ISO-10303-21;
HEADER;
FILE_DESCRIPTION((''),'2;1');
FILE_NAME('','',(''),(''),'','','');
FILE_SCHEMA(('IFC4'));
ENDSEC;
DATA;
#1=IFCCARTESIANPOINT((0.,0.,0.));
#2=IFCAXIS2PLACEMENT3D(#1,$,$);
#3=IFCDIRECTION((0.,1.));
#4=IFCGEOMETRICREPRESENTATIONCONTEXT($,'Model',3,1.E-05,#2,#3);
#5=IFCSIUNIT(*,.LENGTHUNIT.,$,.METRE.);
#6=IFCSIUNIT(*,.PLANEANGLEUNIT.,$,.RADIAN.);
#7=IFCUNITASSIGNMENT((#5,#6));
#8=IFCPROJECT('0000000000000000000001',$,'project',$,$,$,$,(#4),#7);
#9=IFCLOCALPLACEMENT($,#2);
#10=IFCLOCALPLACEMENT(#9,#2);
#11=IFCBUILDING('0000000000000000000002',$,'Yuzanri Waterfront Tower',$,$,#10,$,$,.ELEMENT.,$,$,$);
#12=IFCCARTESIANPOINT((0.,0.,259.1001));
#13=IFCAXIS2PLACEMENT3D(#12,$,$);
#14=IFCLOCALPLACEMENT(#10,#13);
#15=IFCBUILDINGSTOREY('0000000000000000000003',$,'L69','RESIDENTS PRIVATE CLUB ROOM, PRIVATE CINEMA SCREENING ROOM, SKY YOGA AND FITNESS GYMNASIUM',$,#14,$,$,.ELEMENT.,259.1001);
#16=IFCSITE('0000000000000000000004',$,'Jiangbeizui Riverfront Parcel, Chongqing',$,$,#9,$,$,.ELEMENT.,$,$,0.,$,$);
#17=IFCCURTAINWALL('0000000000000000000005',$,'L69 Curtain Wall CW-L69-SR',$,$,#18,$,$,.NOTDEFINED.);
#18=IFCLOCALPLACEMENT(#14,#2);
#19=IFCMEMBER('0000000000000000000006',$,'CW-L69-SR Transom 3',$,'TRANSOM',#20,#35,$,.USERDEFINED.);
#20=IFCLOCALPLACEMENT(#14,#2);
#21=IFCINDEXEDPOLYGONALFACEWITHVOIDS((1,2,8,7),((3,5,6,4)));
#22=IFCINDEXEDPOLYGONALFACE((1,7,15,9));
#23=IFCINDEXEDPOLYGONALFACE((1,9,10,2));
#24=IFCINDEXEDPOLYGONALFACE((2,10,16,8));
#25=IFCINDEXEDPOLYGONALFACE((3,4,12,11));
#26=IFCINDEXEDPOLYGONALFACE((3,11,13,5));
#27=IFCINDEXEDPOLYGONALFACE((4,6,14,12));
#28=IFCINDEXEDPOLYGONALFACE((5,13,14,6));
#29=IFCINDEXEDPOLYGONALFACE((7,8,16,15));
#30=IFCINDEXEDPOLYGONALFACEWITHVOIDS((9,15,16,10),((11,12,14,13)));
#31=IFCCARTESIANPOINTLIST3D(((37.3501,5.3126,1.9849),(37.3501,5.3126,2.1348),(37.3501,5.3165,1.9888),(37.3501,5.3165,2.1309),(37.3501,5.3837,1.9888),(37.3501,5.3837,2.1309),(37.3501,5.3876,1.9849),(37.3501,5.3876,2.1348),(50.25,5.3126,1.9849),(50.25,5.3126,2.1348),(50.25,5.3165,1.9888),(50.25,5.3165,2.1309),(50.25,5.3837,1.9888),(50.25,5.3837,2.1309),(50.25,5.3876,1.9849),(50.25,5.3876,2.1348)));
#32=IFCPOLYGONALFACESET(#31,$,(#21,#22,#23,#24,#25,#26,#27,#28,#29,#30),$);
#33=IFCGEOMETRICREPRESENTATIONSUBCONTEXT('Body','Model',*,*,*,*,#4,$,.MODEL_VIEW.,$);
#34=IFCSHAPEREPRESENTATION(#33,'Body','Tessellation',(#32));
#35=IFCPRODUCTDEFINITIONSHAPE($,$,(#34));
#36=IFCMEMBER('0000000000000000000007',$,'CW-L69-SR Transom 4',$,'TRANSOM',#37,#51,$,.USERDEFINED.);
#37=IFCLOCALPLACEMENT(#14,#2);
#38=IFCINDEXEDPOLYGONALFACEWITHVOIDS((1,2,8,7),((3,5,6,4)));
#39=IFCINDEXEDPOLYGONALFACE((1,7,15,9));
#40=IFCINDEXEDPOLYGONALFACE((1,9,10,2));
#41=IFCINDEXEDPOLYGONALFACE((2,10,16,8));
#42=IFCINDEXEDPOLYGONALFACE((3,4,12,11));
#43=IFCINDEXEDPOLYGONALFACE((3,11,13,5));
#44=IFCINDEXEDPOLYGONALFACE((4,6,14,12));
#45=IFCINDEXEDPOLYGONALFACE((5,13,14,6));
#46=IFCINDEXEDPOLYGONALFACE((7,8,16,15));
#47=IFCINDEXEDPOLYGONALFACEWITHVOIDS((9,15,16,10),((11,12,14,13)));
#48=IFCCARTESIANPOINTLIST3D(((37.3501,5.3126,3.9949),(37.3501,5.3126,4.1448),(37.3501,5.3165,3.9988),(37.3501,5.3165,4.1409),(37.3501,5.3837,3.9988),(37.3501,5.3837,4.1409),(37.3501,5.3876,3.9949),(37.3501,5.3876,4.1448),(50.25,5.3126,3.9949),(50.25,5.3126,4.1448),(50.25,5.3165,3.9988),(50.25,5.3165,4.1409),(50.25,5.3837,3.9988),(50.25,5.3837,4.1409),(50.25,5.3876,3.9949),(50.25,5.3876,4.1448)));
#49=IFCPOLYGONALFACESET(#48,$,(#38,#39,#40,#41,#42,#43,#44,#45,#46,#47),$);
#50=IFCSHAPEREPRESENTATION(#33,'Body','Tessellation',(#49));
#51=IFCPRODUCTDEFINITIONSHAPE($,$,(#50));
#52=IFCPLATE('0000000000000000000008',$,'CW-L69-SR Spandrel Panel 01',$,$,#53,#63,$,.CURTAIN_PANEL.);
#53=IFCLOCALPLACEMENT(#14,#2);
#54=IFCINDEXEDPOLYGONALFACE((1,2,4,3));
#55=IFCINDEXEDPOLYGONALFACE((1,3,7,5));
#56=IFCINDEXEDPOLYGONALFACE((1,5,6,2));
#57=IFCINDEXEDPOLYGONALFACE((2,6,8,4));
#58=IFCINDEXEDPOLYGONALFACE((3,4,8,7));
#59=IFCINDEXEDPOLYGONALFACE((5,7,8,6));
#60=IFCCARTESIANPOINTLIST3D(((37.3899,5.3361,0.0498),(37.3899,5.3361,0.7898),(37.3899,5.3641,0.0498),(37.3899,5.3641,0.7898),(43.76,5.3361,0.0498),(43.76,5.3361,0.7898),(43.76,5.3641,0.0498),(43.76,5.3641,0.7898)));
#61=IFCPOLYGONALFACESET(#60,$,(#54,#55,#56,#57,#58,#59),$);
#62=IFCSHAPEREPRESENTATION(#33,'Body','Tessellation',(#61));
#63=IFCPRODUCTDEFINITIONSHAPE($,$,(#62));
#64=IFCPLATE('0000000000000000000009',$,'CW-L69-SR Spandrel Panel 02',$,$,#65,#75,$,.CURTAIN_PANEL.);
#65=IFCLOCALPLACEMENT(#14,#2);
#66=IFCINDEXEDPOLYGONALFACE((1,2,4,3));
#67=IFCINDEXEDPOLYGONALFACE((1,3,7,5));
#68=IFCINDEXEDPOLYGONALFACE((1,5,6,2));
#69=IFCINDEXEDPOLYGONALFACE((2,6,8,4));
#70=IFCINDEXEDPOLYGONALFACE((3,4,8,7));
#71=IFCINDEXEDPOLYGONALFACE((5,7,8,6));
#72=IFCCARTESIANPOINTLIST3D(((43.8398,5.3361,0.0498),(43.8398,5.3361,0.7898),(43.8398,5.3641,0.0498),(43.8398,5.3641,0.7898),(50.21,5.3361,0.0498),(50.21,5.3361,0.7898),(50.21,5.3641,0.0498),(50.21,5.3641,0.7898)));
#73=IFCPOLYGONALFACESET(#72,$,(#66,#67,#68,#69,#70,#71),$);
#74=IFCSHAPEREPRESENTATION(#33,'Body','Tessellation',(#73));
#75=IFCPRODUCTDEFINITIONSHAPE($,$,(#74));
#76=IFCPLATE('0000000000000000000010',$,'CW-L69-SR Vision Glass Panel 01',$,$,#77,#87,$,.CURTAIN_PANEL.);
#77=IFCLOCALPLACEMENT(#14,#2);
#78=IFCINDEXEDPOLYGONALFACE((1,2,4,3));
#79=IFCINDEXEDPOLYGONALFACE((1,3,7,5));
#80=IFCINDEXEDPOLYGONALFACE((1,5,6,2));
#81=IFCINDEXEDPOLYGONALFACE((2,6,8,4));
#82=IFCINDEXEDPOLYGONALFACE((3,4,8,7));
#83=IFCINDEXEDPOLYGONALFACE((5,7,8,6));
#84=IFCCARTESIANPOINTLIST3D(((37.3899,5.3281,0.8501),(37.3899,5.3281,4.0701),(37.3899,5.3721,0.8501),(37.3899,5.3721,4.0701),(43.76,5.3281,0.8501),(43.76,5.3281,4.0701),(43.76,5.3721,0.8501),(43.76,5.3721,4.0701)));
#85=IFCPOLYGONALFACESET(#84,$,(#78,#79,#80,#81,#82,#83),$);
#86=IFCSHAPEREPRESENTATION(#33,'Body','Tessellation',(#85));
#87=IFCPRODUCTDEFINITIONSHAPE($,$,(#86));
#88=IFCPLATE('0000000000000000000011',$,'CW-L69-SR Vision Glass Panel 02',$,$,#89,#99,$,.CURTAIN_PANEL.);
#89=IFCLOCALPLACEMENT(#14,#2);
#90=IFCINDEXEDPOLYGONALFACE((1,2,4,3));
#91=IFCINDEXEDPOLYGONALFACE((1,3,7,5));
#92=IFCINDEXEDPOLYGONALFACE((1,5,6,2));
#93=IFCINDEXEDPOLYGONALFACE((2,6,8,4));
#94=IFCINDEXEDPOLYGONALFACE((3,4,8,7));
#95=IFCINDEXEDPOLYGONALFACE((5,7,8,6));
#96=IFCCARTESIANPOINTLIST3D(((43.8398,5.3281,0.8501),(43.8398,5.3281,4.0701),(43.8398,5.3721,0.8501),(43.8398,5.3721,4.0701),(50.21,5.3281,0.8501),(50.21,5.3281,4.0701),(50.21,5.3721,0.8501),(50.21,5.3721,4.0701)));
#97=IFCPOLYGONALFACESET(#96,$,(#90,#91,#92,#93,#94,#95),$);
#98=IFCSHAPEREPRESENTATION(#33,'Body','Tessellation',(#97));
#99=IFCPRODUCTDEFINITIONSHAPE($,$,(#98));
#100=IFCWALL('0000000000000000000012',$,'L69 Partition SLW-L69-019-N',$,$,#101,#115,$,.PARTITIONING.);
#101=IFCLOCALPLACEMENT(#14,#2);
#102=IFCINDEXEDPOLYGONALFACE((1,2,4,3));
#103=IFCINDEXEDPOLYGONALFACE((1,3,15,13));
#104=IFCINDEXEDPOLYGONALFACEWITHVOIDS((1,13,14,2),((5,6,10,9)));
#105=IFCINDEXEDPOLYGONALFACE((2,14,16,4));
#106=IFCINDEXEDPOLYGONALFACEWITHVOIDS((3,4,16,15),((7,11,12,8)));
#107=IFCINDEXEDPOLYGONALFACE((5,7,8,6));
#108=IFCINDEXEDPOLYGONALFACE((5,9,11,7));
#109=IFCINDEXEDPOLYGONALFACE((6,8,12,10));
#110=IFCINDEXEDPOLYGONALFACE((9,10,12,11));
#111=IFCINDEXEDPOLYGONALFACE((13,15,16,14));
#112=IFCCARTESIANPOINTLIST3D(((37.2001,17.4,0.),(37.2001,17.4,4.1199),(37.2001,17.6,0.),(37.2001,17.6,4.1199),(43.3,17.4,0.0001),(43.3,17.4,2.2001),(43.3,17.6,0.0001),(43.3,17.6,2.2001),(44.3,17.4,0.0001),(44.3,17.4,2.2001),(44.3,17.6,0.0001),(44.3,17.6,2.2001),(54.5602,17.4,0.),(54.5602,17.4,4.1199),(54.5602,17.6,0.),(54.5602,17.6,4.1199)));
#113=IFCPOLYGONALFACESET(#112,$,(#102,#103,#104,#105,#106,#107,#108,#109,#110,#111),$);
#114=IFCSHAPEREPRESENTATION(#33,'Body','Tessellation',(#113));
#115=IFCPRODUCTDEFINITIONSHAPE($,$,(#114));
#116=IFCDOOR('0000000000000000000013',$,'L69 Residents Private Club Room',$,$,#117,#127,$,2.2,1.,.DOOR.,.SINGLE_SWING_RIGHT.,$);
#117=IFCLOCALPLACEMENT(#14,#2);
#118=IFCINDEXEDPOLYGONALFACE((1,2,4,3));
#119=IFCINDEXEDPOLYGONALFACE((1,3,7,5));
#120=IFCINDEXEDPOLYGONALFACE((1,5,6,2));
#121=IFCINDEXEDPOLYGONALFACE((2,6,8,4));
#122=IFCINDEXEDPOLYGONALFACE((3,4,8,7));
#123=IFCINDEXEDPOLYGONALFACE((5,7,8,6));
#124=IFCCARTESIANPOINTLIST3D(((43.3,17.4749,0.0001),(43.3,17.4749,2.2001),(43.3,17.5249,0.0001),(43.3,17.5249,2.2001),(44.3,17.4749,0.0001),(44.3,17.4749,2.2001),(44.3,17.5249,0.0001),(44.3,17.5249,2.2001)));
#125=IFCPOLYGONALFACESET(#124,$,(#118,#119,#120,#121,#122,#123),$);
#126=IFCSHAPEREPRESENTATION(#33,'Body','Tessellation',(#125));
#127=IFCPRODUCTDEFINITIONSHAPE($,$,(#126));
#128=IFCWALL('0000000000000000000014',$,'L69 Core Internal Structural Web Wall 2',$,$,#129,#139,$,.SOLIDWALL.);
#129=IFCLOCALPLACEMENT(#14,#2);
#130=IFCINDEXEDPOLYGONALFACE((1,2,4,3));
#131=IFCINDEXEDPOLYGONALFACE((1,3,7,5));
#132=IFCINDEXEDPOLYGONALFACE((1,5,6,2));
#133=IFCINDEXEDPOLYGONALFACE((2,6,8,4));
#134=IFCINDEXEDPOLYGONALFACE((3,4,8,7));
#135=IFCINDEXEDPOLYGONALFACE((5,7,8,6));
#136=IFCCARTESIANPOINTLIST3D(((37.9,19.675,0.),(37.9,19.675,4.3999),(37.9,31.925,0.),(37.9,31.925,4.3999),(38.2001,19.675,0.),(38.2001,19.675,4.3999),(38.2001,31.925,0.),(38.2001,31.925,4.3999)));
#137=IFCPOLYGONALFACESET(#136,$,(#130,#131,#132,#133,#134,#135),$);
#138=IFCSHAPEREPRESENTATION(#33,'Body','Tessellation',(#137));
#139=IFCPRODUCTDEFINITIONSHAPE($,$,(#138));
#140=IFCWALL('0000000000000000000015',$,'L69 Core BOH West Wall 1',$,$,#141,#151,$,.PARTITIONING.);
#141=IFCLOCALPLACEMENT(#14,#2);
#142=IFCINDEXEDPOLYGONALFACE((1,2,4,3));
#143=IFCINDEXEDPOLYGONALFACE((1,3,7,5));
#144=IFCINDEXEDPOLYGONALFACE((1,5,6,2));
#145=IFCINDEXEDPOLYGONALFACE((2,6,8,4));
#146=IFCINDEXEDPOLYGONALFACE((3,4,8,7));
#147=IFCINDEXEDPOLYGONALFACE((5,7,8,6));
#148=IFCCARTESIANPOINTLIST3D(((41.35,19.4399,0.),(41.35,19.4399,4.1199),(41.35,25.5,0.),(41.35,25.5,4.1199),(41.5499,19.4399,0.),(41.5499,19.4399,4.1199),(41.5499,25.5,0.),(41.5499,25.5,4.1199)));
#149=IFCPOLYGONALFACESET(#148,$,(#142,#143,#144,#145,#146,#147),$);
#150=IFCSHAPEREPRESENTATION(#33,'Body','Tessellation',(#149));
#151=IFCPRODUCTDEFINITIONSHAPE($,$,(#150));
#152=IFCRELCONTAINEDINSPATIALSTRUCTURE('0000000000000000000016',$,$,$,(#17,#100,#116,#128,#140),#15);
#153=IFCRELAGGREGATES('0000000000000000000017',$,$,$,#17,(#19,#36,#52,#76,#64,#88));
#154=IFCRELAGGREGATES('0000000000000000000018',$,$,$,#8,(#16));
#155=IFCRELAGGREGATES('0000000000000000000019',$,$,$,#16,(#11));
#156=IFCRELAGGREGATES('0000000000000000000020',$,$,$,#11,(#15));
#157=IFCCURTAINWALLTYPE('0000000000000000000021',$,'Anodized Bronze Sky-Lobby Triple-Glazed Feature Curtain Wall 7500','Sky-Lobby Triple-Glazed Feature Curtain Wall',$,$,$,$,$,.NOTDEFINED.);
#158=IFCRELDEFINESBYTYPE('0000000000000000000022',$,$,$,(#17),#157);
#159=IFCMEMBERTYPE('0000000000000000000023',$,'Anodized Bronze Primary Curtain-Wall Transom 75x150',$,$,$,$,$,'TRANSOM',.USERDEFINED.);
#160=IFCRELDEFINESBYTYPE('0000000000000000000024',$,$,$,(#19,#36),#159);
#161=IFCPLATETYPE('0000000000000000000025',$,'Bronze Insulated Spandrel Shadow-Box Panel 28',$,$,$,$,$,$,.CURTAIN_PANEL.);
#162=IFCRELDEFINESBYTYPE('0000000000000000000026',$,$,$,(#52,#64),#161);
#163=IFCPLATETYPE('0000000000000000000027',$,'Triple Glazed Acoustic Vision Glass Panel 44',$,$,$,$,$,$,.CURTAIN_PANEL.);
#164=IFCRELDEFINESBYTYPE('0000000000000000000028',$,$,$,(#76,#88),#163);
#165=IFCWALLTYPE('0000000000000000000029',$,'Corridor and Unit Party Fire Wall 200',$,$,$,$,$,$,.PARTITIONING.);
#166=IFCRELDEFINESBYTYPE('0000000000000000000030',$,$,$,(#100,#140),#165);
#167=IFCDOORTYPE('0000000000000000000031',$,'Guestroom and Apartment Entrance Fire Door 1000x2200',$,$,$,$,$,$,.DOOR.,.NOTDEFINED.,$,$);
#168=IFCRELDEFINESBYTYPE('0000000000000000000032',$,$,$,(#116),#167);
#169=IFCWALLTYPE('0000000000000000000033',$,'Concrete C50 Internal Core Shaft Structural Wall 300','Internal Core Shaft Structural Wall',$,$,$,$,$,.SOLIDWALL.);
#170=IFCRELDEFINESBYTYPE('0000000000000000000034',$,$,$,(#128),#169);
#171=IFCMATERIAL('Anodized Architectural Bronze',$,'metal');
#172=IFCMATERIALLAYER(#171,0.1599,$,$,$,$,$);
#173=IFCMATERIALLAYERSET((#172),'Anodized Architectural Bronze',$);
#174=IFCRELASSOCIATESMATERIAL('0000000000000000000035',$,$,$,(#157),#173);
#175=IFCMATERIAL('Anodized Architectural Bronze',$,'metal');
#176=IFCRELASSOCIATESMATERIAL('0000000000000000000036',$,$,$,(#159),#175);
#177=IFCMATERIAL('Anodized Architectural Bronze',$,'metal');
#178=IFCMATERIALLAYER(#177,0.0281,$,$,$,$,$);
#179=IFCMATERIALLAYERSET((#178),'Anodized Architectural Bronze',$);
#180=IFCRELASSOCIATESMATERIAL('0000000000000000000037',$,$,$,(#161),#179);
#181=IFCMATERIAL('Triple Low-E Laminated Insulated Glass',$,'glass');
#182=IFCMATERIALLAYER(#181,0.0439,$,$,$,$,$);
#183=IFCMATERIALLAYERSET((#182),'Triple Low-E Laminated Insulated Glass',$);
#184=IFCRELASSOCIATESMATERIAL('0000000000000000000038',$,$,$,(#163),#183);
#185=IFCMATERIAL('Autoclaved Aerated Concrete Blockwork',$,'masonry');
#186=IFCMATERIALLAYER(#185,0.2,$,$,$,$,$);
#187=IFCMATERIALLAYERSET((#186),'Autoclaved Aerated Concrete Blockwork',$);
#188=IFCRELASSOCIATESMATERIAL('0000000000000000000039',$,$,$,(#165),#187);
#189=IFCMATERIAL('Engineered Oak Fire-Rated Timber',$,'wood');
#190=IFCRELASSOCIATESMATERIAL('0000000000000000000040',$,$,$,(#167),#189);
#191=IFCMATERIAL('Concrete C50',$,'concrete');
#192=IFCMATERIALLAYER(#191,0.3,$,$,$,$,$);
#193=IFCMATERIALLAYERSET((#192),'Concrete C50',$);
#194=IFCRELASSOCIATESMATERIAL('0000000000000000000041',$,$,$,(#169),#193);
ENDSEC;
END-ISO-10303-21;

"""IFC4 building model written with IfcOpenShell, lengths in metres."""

from ifc_helpers import new_model, si_unit, direction, frame, frame_2d, origin, origin_2d, place, context, subcontext, project, spatial, rectangle, hollow_rectangle, extrude, source, transform, mapped, material, layer, layer_set, material_profile, profile_set, type_object, element, fill, aggregate, save


model = new_model("IFC4")

# Units and contexts
model_context = context("Model", 3, precision=1e-05, world=origin(), true_north=direction((0.0, 1.0)))
body_context = subcontext(model_context, "Body", "Model", "MODEL_VIEW")
ifc_project = project(units=[si_unit("LENGTHUNIT", "METRE"), si_unit("PLANEANGLEUNIT", "RADIAN")], contexts=[model_context])

# Site, building, storey
site_placement = place(None, origin())
site = spatial("IfcSite", under=ifc_project, at=site_placement, Name="Jiangbeizui Riverfront Parcel, Chongqing", CompositionType="ELEMENT", RefElevation=0.0)
building_placement = place(site_placement, origin())
building = spatial("IfcBuilding", under=site, at=building_placement, Name="Yuzanri Waterfront Tower", CompositionType="ELEMENT")
storey_placement = place(building_placement, frame((0.0, 0.0, 259.1001)))
storey = spatial("IfcBuildingStorey", under=building, at=storey_placement, Name="L69", Description="RESIDENTS PRIVATE CLUB ROOM, PRIVATE CINEMA SCREENING ROOM, SKY YOGA AND FITNESS GYMNASIUM", CompositionType="ELEMENT", Elevation=259.1001)

# Curtain wall, members, plates
ifc_material_1 = material(Name="Anodized Architectural Bronze", Category="metal")
ifc_layer_1 = layer(ifc_material_1, 0.1599)
ifc_layer_set_1 = layer_set([ifc_layer_1], Name="Anodized Architectural Bronze")
curtain_wall_type = type_object("IfcCurtainWallType", Name="Anodized Bronze Sky-Lobby Triple-Glazed Feature Curtain Wall 7500", Description="Sky-Lobby Triple-Glazed Feature Curtain Wall", PredefinedType="NOTDEFINED", material=ifc_layer_set_1)
curtain_wall_placement = place(storey_placement, origin())
curtain_wall = element("IfcCurtainWall", 1, at=curtain_wall_placement, inside=storey, type_object=curtain_wall_type, Name="L69 Curtain Wall CW-L69-SR", PredefinedType="NOTDEFINED")
ifc_material_2 = material(Name="Anodized Architectural Bronze", Category="metal")
ifc_material_profile_1 = material_profile(ifc_material_2, hollow_rectangle(XDim=0.075, YDim=0.1499, WallThickness=0.0039, at=origin_2d()), Name="CWT 75x150")
ifc_profile_set_1 = profile_set([ifc_material_profile_1], Name="Anodized Architectural Bronze")
member_type_1 = type_object("IfcMemberType", Name="Anodized Bronze Primary Curtain-Wall Transom 75x150", ElementType="TRANSOM", PredefinedType="USERDEFINED", material=ifc_profile_set_1)
shared_shape_1 = source(origin(), body_context, "Body", "SweptSolid", [
    extrude(hollow_rectangle(XDim=0.075, YDim=0.1499, WallThickness=0.0039, at=origin_2d()), origin(), (0.0, 0.0, 1.0), 12.8999),
])
member_1_placement = place(storey_placement, frame((37.3501, 5.3501, 2.0598), z_axis=(1.0, 0.0, 0.0), x_axis=(0.0, 1.0, 0.0)))
member_1 = element("IfcMember", 2, at=member_1_placement, type_object=member_type_1, Name="CW-L69-SR Transom 3", ObjectType="TRANSOM", PredefinedType="USERDEFINED", context=body_context, shape_type="MappedRepresentation", body=[
    mapped(shared_shape_1, transform((0.0, 0.0, 0.0), scale=1.0)),
])
member_2_placement = place(storey_placement, frame((37.3501, 5.3501, 4.0698), z_axis=(1.0, 0.0, 0.0), x_axis=(0.0, 1.0, 0.0)))
member_2 = element("IfcMember", 3, at=member_2_placement, type_object=member_type_1, Name="CW-L69-SR Transom 4", ObjectType="TRANSOM", PredefinedType="USERDEFINED", context=body_context, shape_type="MappedRepresentation", body=[
    mapped(shared_shape_1, transform((0.0, 0.0, 0.0), scale=1.0)),
])
ifc_material_3 = material(Name="Anodized Architectural Bronze", Category="metal")
ifc_layer_2 = layer(ifc_material_3, 0.0281)
ifc_layer_set_2 = layer_set([ifc_layer_2], Name="Anodized Architectural Bronze")
plate_type_1 = type_object("IfcPlateType", Name="Bronze Insulated Spandrel Shadow-Box Panel 28", PredefinedType="CURTAIN_PANEL", material=ifc_layer_set_2)
shared_shape_2 = source(origin(), body_context, "Body", "SweptSolid", [
    extrude(rectangle(XDim=6.3701, YDim=0.0281, at=origin_2d()), origin(), (0.0, 0.0, 1.0), 0.74),
])
plate_1_placement = place(storey_placement, frame((40.575, 5.3501, 0.0498), z_axis=(0.0, 0.0, 1.0), x_axis=(1.0, 0.0, 0.0)))
plate_1 = element("IfcPlate", 4, at=plate_1_placement, type_object=plate_type_1, Name="CW-L69-SR Spandrel Panel 01", PredefinedType="CURTAIN_PANEL", context=body_context, shape_type="MappedRepresentation", body=[
    mapped(shared_shape_2, transform((0.0, 0.0, 0.0), scale=1.0)),
])
plate_2_placement = place(storey_placement, frame((47.0249, 5.3501, 0.0498), z_axis=(0.0, 0.0, 1.0), x_axis=(1.0, 0.0, 0.0)))
plate_2 = element("IfcPlate", 5, at=plate_2_placement, type_object=plate_type_1, Name="CW-L69-SR Spandrel Panel 02", PredefinedType="CURTAIN_PANEL", context=body_context, shape_type="MappedRepresentation", body=[
    mapped(shared_shape_2, transform((0.0, 0.0, 0.0), scale=1.0)),
])
ifc_material_4 = material(Name="Triple Low-E Laminated Insulated Glass", Category="glass")
ifc_layer_3 = layer(ifc_material_4, 0.0439)
ifc_layer_set_3 = layer_set([ifc_layer_3], Name="Triple Low-E Laminated Insulated Glass")
plate_type_2 = type_object("IfcPlateType", Name="Triple Glazed Acoustic Vision Glass Panel 44", PredefinedType="CURTAIN_PANEL", material=ifc_layer_set_3)
shared_shape_3 = source(origin(), body_context, "Body", "SweptSolid", [
    extrude(rectangle(XDim=6.3701, YDim=0.0439, at=origin_2d()), origin(), (0.0, 0.0, 1.0), 3.22),
])
plate_3_placement = place(storey_placement, frame((40.575, 5.3501, 0.8501), z_axis=(0.0, 0.0, 1.0), x_axis=(1.0, 0.0, 0.0)))
plate_3 = element("IfcPlate", 6, at=plate_3_placement, type_object=plate_type_2, Name="CW-L69-SR Vision Glass Panel 01", PredefinedType="CURTAIN_PANEL", context=body_context, shape_type="MappedRepresentation", body=[
    mapped(shared_shape_3, transform((0.0, 0.0, 0.0), scale=1.0)),
])
plate_4_placement = place(storey_placement, frame((47.0249, 5.3501, 0.8501), z_axis=(0.0, 0.0, 1.0), x_axis=(1.0, 0.0, 0.0)))
plate_4 = element("IfcPlate", 7, at=plate_4_placement, type_object=plate_type_2, Name="CW-L69-SR Vision Glass Panel 02", PredefinedType="CURTAIN_PANEL", context=body_context, shape_type="MappedRepresentation", body=[
    mapped(shared_shape_3, transform((0.0, 0.0, 0.0), scale=1.0)),
])
aggregate(curtain_wall, [member_1, member_2, plate_1, plate_3, plate_2, plate_4])

# Wall, opening, door
ifc_material_5 = material(Name="Autoclaved Aerated Concrete Blockwork", Category="masonry")
ifc_layer_4 = layer(ifc_material_5, 0.2)
ifc_layer_set_4 = layer_set([ifc_layer_4], Name="Autoclaved Aerated Concrete Blockwork")
wall_type_1 = type_object("IfcWallType", Name="Corridor and Unit Party Fire Wall 200", PredefinedType="PARTITIONING", material=ifc_layer_set_4)
wall_1_placement = place(storey_placement, frame((37.2, 17.5, 0.0), z_axis=(0.0, 0.0, 1.0), x_axis=(1.0, 0.0, 0.0)))
wall_1 = element("IfcWall", 8, at=wall_1_placement, inside=storey, type_object=wall_type_1, Name="L69 Partition SLW-L69-019-N", PredefinedType="PARTITIONING", context=body_context, shape_type="SweptSolid", body=[
    extrude(rectangle(XDim=17.3601, YDim=0.2, at=frame_2d((8.6802, 0.0))), origin(), (0.0, 0.0, 1.0), 4.1199),
])
opening_placement = place(wall_1_placement, frame((6.1001, 0.0, 0.0)))
opening = element("IfcOpeningElement", 9, at=opening_placement, cuts=wall_1, PredefinedType="OPENING", context=body_context, shape_type="SweptSolid", body=[
    extrude(rectangle(XDim=1.0, YDim=2.2, at=frame_2d((0.5, 1.1001))), frame((0.0, 0.1147, 0.0), z_axis=(0.0, -1.0, 0.0), x_axis=(1.0, 0.0, 0.0)), (0.0, 0.0, 1.0), 0.2297),
])
ifc_material_6 = material(Name="Engineered Oak Fire-Rated Timber", Category="wood")
door_type = type_object("IfcDoorType", Name="Guestroom and Apartment Entrance Fire Door 1000x2200", OperationType="NOTDEFINED", PredefinedType="DOOR", material=ifc_material_6)
shared_shape_4 = source(origin(), body_context, "Body", "SweptSolid", [
    extrude(rectangle(XDim=1.0, YDim=2.2, at=frame_2d((0.5, 1.1001))), frame((0.0, 0.0249, 0.0), z_axis=(0.0, -1.0, 0.0), x_axis=(1.0, 0.0, 0.0)), (0.0, 0.0, 1.0), 0.05),
])
door_placement = place(opening_placement, origin())
door = element("IfcDoor", 10, at=door_placement, inside=storey, type_object=door_type, Name="L69 Residents Private Club Room", OperationType="SINGLE_SWING_RIGHT", OverallHeight=2.2, OverallWidth=1.0, PredefinedType="DOOR", context=body_context, shape_type="MappedRepresentation", body=[
    mapped(shared_shape_4, transform((0.0, 0.0, 0.0), scale=1.0)),
])
fill(opening, door)

# Walls
ifc_material_7 = material(Name="Concrete C50", Category="concrete")
ifc_layer_5 = layer(ifc_material_7, 0.3)
ifc_layer_set_5 = layer_set([ifc_layer_5], Name="Concrete C50")
wall_type_2 = type_object("IfcWallType", Name="Concrete C50 Internal Core Shaft Structural Wall 300", Description="Internal Core Shaft Structural Wall", PredefinedType="SOLIDWALL", material=ifc_layer_set_5)
shared_shape_5 = source(origin(), body_context, "Body", "SweptSolid", [
    extrude(rectangle(XDim=12.25, YDim=0.3, at=frame_2d((6.125, 0.0))), origin(), (0.0, 0.0, 1.0), 4.3999),
])
wall_2_placement = place(storey_placement, frame((38.05, 19.675, 0.0), z_axis=(0.0, 0.0, 1.0), x_axis=(0.0, 1.0, 0.0)))
element("IfcWall", 11, at=wall_2_placement, inside=storey, type_object=wall_type_2, Name="L69 Core Internal Structural Web Wall 2", PredefinedType="SOLIDWALL", context=body_context, shape_type="MappedRepresentation", body=[
    mapped(shared_shape_5, transform((0.0, 0.0, 0.0), scale=1.0)),
])
shared_shape_6 = source(origin(), body_context, "Body", "SweptSolid", [
    extrude(rectangle(XDim=6.0601, YDim=0.2, at=frame_2d((3.03, 0.0))), origin(), (0.0, 0.0, 1.0), 4.1199),
])
wall_3_placement = place(storey_placement, frame((41.45, 19.4399, 0.0), z_axis=(0.0, 0.0, 1.0), x_axis=(0.0, 1.0, 0.0)))
element("IfcWall", 12, at=wall_3_placement, inside=storey, type_object=wall_type_1, Name="L69 Core BOH West Wall 1", PredefinedType="PARTITIONING", context=body_context, shape_type="MappedRepresentation", body=[
    mapped(shared_shape_6, transform((0.0, 0.0, 0.0), scale=1.0)),
])

save(model, "model.ifc")
